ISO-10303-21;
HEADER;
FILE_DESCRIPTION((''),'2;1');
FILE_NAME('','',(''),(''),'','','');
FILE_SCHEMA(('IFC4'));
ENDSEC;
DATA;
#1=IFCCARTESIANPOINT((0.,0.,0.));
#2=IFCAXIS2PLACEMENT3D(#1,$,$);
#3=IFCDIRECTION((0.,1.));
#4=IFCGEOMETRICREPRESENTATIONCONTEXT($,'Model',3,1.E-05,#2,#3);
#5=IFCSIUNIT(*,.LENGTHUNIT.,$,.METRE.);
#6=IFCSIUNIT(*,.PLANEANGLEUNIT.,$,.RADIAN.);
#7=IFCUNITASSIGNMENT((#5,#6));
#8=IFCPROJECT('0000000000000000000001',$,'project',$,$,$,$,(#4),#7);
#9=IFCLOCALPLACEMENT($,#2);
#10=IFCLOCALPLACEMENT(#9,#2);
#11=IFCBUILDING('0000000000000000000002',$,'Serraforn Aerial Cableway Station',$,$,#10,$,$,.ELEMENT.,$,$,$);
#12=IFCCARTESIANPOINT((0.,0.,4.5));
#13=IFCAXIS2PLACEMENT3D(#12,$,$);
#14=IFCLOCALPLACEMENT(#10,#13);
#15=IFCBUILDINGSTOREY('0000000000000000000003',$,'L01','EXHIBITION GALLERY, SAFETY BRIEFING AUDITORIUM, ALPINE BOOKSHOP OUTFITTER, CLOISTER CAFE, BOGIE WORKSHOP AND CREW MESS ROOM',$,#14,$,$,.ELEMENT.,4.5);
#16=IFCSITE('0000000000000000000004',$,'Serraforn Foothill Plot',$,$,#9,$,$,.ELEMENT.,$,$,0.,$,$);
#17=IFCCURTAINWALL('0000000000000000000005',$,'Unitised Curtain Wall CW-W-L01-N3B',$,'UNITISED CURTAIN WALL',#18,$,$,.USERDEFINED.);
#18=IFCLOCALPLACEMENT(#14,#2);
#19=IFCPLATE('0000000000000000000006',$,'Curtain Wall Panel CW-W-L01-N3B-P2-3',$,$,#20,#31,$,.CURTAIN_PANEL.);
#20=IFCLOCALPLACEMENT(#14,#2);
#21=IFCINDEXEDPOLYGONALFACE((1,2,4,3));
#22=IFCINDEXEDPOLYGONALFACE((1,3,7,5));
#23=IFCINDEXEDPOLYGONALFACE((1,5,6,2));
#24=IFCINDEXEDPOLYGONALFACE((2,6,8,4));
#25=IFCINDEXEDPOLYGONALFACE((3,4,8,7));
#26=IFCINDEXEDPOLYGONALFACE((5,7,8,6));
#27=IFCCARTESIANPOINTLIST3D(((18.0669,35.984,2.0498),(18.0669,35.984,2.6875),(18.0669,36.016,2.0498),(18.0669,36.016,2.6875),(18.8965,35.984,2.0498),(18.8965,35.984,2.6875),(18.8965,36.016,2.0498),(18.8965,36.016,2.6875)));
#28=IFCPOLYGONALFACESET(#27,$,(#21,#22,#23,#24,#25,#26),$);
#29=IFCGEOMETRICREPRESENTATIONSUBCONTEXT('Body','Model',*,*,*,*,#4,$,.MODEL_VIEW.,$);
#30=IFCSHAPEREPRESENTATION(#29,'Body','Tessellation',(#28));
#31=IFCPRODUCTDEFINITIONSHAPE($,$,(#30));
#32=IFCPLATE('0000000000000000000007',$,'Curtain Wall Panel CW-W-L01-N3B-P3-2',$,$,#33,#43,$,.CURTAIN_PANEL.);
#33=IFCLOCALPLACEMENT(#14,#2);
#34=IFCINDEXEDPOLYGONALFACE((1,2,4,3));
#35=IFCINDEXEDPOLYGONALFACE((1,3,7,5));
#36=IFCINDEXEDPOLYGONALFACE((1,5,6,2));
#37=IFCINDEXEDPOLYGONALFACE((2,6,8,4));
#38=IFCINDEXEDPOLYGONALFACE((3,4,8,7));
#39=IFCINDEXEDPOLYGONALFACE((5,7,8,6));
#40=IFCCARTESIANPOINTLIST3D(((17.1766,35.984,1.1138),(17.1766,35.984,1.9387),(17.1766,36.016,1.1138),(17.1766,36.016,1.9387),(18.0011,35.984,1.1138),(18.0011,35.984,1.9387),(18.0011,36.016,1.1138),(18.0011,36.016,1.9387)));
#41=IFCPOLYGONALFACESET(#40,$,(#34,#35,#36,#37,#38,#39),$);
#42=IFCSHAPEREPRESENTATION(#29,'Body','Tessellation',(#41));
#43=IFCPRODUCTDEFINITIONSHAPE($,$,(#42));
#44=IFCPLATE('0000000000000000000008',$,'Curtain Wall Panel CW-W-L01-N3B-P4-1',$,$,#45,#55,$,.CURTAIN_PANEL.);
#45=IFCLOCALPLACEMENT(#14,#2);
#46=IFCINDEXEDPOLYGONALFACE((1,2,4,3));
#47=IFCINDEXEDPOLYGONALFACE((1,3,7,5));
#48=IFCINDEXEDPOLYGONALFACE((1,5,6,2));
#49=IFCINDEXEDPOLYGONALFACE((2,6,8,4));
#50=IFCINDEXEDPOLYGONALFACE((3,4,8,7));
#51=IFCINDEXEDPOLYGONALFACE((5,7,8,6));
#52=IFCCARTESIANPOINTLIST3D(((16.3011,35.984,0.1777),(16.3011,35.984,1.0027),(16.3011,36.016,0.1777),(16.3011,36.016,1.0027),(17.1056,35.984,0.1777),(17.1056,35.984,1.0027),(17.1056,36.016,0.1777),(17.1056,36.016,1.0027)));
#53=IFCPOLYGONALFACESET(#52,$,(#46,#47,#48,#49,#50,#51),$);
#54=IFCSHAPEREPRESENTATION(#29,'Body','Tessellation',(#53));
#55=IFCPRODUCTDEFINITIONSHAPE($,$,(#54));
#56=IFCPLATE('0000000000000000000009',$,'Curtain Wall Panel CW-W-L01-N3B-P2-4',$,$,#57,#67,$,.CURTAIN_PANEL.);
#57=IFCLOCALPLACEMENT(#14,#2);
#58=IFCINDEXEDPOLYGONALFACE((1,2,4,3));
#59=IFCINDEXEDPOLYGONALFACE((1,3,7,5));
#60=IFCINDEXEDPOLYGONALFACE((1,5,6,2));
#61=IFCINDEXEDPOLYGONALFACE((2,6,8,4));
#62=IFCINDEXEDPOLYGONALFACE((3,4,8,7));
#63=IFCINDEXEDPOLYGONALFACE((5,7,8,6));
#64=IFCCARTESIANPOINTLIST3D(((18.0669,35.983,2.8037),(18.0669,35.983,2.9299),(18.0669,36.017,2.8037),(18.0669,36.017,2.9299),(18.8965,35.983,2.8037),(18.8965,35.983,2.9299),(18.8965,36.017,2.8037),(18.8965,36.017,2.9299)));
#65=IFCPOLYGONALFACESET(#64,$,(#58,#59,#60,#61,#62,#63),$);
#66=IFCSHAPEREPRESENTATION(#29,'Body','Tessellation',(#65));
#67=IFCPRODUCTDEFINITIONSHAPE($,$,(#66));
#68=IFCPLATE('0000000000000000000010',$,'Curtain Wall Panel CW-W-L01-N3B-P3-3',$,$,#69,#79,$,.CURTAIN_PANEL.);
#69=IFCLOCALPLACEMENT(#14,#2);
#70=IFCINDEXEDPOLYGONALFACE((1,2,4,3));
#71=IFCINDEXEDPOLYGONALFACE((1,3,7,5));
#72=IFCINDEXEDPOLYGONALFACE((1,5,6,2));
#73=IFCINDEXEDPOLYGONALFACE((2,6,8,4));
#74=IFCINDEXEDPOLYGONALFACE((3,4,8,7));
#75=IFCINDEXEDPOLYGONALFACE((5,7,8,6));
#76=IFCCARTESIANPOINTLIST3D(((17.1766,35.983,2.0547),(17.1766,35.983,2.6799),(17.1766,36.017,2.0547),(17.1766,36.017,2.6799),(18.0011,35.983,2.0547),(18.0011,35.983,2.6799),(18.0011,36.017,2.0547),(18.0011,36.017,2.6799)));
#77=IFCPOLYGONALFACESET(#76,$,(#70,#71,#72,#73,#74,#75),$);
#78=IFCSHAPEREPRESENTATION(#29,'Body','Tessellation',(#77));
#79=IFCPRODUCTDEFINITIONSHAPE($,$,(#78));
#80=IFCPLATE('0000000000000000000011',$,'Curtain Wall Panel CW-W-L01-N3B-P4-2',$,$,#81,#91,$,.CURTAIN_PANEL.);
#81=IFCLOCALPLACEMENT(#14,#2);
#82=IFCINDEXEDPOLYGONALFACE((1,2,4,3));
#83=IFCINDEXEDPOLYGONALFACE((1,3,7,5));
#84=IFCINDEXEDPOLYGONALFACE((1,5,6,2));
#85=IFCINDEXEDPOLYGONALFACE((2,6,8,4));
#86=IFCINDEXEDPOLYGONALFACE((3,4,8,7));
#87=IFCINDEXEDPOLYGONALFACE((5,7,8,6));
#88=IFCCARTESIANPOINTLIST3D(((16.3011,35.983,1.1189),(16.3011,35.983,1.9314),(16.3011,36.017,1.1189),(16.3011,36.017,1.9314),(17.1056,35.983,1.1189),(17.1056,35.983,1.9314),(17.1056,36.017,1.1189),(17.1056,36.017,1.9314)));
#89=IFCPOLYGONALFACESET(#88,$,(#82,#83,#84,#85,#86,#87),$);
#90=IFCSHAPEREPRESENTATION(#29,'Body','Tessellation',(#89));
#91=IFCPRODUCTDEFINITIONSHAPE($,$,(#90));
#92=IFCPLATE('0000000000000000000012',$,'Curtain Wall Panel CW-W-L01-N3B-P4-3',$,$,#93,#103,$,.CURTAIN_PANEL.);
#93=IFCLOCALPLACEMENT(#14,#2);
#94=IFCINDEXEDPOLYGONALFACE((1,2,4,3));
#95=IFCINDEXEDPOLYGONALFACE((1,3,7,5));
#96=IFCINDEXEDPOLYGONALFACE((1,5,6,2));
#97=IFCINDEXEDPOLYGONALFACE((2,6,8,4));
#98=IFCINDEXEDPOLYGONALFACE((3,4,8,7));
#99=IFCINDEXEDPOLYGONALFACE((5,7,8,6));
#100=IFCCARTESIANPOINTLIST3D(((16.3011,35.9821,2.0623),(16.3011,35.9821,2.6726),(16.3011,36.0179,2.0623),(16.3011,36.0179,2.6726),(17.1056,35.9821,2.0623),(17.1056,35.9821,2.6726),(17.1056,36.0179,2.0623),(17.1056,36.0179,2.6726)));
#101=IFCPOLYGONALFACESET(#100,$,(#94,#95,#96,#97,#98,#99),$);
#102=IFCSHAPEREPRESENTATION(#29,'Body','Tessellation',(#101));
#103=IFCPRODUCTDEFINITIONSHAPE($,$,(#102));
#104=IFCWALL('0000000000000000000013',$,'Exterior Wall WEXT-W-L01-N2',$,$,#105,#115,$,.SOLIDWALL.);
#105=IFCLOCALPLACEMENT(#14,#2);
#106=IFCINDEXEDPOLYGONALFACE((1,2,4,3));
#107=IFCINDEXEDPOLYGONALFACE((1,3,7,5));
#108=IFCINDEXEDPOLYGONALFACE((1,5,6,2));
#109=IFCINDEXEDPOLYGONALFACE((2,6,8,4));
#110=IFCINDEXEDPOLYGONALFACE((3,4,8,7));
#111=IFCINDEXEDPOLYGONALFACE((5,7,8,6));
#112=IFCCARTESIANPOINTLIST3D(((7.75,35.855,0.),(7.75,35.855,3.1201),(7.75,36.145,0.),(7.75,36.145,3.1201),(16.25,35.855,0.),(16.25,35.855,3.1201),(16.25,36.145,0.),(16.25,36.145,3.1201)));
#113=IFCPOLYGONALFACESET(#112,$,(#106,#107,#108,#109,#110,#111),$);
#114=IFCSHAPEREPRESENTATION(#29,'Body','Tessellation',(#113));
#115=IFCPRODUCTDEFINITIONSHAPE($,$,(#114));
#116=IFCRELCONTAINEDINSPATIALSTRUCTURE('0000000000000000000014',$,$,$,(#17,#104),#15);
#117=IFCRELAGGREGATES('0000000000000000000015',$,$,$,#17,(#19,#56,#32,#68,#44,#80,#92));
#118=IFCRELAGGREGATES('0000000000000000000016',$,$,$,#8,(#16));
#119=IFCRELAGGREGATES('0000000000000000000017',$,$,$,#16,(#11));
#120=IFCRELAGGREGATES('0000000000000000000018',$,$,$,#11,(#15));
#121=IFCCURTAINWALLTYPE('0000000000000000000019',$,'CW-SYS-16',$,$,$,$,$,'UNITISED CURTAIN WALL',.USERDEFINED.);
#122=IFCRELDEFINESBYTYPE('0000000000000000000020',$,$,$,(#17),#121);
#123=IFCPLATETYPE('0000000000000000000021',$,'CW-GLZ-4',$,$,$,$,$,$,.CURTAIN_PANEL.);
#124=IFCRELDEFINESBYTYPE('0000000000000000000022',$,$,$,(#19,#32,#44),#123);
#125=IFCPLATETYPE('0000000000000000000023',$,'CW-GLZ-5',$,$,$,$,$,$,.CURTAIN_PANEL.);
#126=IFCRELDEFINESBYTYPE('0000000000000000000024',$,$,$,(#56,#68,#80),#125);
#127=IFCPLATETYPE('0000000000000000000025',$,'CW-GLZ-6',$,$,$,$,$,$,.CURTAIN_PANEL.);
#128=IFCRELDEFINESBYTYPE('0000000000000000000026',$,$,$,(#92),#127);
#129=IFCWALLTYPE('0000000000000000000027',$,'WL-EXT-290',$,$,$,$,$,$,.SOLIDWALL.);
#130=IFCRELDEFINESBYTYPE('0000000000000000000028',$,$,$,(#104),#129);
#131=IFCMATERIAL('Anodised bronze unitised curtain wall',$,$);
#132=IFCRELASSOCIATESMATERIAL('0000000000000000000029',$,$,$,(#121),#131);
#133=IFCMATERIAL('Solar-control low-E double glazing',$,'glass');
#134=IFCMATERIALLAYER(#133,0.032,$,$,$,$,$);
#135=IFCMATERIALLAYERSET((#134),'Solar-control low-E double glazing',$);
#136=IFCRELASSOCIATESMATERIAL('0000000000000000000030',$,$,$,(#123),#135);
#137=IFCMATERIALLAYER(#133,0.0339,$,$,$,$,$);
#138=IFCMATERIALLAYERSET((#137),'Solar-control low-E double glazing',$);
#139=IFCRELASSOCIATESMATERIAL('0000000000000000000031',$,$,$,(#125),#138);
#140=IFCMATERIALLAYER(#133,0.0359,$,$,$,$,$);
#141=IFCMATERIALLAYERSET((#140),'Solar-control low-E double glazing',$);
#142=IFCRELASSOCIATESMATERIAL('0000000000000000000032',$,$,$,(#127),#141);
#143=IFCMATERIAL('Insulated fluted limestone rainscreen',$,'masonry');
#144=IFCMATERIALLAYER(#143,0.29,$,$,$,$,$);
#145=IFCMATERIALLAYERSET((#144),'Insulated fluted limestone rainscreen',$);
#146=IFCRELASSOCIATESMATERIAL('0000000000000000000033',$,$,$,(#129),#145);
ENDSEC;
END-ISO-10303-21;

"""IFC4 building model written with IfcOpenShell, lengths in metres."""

from ifc_helpers import new_model, si_unit, direction, frame, frame_2d, origin, origin_2d, place, context, subcontext, project, spatial, rectangle, extrude, material, layer, layer_set, type_object, element, aggregate, save


model = new_model("IFC4")

# Units and contexts
model_context = context("Model", 3, precision=1e-05, world=origin(), true_north=direction((0.0, 1.0)))
body_context = subcontext(model_context, "Body", "Model", "MODEL_VIEW")
ifc_project = project(units=[si_unit("LENGTHUNIT", "METRE"), si_unit("PLANEANGLEUNIT", "RADIAN")], contexts=[model_context])

# Site, building, storey
site_placement = place(None, origin())
site = spatial("IfcSite", under=ifc_project, at=site_placement, Name="Serraforn Foothill Plot", CompositionType="ELEMENT", RefElevation=0.0)
building_placement = place(site_placement, origin())
building = spatial("IfcBuilding", under=site, at=building_placement, Name="Serraforn Aerial Cableway Station", CompositionType="ELEMENT")
storey_placement = place(building_placement, frame((0.0, 0.0, 4.5)))
storey = spatial("IfcBuildingStorey", under=building, at=storey_placement, Name="L01", Description="EXHIBITION GALLERY, SAFETY BRIEFING AUDITORIUM, ALPINE BOOKSHOP OUTFITTER, CLOISTER CAFE, BOGIE WORKSHOP AND CREW MESS ROOM", CompositionType="ELEMENT", Elevation=4.5)

# Curtain wall, plates
ifc_material_1 = material(Name="Anodised bronze unitised curtain wall")
curtain_wall_type = type_object("IfcCurtainWallType", Name="CW-SYS-16", ElementType="UNITISED CURTAIN WALL", PredefinedType="USERDEFINED", material=ifc_material_1)
curtain_wall_placement = place(storey_placement, origin())
curtain_wall = element("IfcCurtainWall", 1, at=curtain_wall_placement, inside=storey, type_object=curtain_wall_type, Name="Unitised Curtain Wall CW-W-L01-N3B", ObjectType="UNITISED CURTAIN WALL", PredefinedType="USERDEFINED")
ifc_material_2 = material(Name="Solar-control low-E double glazing", Category="glass")
ifc_layer_1 = layer(ifc_material_2, 0.032)
ifc_layer_set_1 = layer_set([ifc_layer_1], Name="Solar-control low-E double glazing")
plate_type_1 = type_object("IfcPlateType", Name="CW-GLZ-4", PredefinedType="CURTAIN_PANEL", material=ifc_layer_set_1)
plate_1_placement = place(storey_placement, frame((18.4817, 36.0, 2.0498), z_axis=(0.0, 0.0, 1.0), x_axis=(1.0, 0.0, 0.0)))
plate_1 = element("IfcPlate", 2, at=plate_1_placement, type_object=plate_type_1, Name="Curtain Wall Panel CW-W-L01-N3B-P2-3", PredefinedType="CURTAIN_PANEL", context=body_context, shape_type="SweptSolid", body=[
    extrude(rectangle(XDim=0.8296, YDim=0.032, at=origin_2d()), origin(), (0.0, 0.0, 1.0), 0.6377),
])
plate_2_placement = place(storey_placement, frame((17.5889, 36.0, 1.1138), z_axis=(0.0, 0.0, 1.0), x_axis=(1.0, 0.0, 0.0)))
plate_2 = element("IfcPlate", 3, at=plate_2_placement, type_object=plate_type_1, Name="Curtain Wall Panel CW-W-L01-N3B-P3-2", PredefinedType="CURTAIN_PANEL", context=body_context, shape_type="SweptSolid", body=[
    extrude(rectangle(XDim=0.8245, YDim=0.032, at=origin_2d()), origin(), (0.0, 0.0, 1.0), 0.825),
])
plate_3_placement = place(storey_placement, frame((16.7034, 36.0, 0.1777), z_axis=(0.0, 0.0, 1.0), x_axis=(1.0, 0.0, 0.0)))
plate_3 = element("IfcPlate", 4, at=plate_3_placement, type_object=plate_type_1, Name="Curtain Wall Panel CW-W-L01-N3B-P4-1", PredefinedType="CURTAIN_PANEL", context=body_context, shape_type="SweptSolid", body=[
    extrude(rectangle(XDim=0.8044, YDim=0.032, at=origin_2d()), origin(), (0.0, 0.0, 1.0), 0.825),
])
ifc_layer_2 = layer(ifc_material_2, 0.0339)
ifc_layer_set_2 = layer_set([ifc_layer_2], Name="Solar-control low-E double glazing")
plate_type_2 = type_object("IfcPlateType", Name="CW-GLZ-5", PredefinedType="CURTAIN_PANEL", material=ifc_layer_set_2)
plate_4_placement = place(storey_placement, frame((18.4817, 36.0, 2.8037), z_axis=(0.0, 0.0, 1.0), x_axis=(1.0, 0.0, 0.0)))
plate_4 = element("IfcPlate", 5, at=plate_4_placement, type_object=plate_type_2, Name="Curtain Wall Panel CW-W-L01-N3B-P2-4", PredefinedType="CURTAIN_PANEL", context=body_context, shape_type="SweptSolid", body=[
    extrude(rectangle(XDim=0.8296, YDim=0.0339, at=origin_2d()), origin(), (0.0, 0.0, 1.0), 0.1262),
])
plate_5_placement = place(storey_placement, frame((17.5889, 36.0, 2.0547), z_axis=(0.0, 0.0, 1.0), x_axis=(1.0, 0.0, 0.0)))
plate_5 = element("IfcPlate", 6, at=plate_5_placement, type_object=plate_type_2, Name="Curtain Wall Panel CW-W-L01-N3B-P3-3", PredefinedType="CURTAIN_PANEL", context=body_context, shape_type="SweptSolid", body=[
    extrude(rectangle(XDim=0.8245, YDim=0.0339, at=origin_2d()), origin(), (0.0, 0.0, 1.0), 0.6252),
])
plate_6_placement = place(storey_placement, frame((16.7034, 36.0, 1.1189), z_axis=(0.0, 0.0, 1.0), x_axis=(1.0, 0.0, 0.0)))
plate_6 = element("IfcPlate", 7, at=plate_6_placement, type_object=plate_type_2, Name="Curtain Wall Panel CW-W-L01-N3B-P4-2", PredefinedType="CURTAIN_PANEL", context=body_context, shape_type="SweptSolid", body=[
    extrude(rectangle(XDim=0.8044, YDim=0.0339, at=origin_2d()), origin(), (0.0, 0.0, 1.0), 0.8125),
])
ifc_layer_3 = layer(ifc_material_2, 0.0359)
ifc_layer_set_3 = layer_set([ifc_layer_3], Name="Solar-control low-E double glazing")
plate_type_3 = type_object("IfcPlateType", Name="CW-GLZ-6", PredefinedType="CURTAIN_PANEL", material=ifc_layer_set_3)
plate_7_placement = place(storey_placement, frame((16.7034, 36.0, 2.0623), z_axis=(0.0, 0.0, 1.0), x_axis=(1.0, 0.0, 0.0)))
plate_7 = element("IfcPlate", 8, at=plate_7_placement, type_object=plate_type_3, Name="Curtain Wall Panel CW-W-L01-N3B-P4-3", PredefinedType="CURTAIN_PANEL", context=body_context, shape_type="SweptSolid", body=[
    extrude(rectangle(XDim=0.8044, YDim=0.0359, at=origin_2d()), origin(), (0.0, 0.0, 1.0), 0.6104),
])
aggregate(curtain_wall, [plate_1, plate_4, plate_2, plate_5, plate_3, plate_6, plate_7])

# Wall
ifc_material_3 = material(Name="Insulated fluted limestone rainscreen", Category="masonry")
ifc_layer_4 = layer(ifc_material_3, 0.29)
ifc_layer_set_4 = layer_set([ifc_layer_4], Name="Insulated fluted limestone rainscreen")
wall_type = type_object("IfcWallType", Name="WL-EXT-290", PredefinedType="SOLIDWALL", material=ifc_layer_set_4)
wall_placement = place(storey_placement, frame((16.25, 36.0, 0.0), z_axis=(0.0, 0.0, 1.0), x_axis=(-1.0, 0.0, 0.0)))
element("IfcWall", 9, at=wall_placement, inside=storey, type_object=wall_type, Name="Exterior Wall WEXT-W-L01-N2", PredefinedType="SOLIDWALL", context=body_context, shape_type="SweptSolid", body=[
    extrude(rectangle(XDim=8.5, YDim=0.29, at=frame_2d((4.25, 0.0))), origin(), (0.0, 0.0, 1.0), 3.1201),
])

save(model, "model.ifc")
